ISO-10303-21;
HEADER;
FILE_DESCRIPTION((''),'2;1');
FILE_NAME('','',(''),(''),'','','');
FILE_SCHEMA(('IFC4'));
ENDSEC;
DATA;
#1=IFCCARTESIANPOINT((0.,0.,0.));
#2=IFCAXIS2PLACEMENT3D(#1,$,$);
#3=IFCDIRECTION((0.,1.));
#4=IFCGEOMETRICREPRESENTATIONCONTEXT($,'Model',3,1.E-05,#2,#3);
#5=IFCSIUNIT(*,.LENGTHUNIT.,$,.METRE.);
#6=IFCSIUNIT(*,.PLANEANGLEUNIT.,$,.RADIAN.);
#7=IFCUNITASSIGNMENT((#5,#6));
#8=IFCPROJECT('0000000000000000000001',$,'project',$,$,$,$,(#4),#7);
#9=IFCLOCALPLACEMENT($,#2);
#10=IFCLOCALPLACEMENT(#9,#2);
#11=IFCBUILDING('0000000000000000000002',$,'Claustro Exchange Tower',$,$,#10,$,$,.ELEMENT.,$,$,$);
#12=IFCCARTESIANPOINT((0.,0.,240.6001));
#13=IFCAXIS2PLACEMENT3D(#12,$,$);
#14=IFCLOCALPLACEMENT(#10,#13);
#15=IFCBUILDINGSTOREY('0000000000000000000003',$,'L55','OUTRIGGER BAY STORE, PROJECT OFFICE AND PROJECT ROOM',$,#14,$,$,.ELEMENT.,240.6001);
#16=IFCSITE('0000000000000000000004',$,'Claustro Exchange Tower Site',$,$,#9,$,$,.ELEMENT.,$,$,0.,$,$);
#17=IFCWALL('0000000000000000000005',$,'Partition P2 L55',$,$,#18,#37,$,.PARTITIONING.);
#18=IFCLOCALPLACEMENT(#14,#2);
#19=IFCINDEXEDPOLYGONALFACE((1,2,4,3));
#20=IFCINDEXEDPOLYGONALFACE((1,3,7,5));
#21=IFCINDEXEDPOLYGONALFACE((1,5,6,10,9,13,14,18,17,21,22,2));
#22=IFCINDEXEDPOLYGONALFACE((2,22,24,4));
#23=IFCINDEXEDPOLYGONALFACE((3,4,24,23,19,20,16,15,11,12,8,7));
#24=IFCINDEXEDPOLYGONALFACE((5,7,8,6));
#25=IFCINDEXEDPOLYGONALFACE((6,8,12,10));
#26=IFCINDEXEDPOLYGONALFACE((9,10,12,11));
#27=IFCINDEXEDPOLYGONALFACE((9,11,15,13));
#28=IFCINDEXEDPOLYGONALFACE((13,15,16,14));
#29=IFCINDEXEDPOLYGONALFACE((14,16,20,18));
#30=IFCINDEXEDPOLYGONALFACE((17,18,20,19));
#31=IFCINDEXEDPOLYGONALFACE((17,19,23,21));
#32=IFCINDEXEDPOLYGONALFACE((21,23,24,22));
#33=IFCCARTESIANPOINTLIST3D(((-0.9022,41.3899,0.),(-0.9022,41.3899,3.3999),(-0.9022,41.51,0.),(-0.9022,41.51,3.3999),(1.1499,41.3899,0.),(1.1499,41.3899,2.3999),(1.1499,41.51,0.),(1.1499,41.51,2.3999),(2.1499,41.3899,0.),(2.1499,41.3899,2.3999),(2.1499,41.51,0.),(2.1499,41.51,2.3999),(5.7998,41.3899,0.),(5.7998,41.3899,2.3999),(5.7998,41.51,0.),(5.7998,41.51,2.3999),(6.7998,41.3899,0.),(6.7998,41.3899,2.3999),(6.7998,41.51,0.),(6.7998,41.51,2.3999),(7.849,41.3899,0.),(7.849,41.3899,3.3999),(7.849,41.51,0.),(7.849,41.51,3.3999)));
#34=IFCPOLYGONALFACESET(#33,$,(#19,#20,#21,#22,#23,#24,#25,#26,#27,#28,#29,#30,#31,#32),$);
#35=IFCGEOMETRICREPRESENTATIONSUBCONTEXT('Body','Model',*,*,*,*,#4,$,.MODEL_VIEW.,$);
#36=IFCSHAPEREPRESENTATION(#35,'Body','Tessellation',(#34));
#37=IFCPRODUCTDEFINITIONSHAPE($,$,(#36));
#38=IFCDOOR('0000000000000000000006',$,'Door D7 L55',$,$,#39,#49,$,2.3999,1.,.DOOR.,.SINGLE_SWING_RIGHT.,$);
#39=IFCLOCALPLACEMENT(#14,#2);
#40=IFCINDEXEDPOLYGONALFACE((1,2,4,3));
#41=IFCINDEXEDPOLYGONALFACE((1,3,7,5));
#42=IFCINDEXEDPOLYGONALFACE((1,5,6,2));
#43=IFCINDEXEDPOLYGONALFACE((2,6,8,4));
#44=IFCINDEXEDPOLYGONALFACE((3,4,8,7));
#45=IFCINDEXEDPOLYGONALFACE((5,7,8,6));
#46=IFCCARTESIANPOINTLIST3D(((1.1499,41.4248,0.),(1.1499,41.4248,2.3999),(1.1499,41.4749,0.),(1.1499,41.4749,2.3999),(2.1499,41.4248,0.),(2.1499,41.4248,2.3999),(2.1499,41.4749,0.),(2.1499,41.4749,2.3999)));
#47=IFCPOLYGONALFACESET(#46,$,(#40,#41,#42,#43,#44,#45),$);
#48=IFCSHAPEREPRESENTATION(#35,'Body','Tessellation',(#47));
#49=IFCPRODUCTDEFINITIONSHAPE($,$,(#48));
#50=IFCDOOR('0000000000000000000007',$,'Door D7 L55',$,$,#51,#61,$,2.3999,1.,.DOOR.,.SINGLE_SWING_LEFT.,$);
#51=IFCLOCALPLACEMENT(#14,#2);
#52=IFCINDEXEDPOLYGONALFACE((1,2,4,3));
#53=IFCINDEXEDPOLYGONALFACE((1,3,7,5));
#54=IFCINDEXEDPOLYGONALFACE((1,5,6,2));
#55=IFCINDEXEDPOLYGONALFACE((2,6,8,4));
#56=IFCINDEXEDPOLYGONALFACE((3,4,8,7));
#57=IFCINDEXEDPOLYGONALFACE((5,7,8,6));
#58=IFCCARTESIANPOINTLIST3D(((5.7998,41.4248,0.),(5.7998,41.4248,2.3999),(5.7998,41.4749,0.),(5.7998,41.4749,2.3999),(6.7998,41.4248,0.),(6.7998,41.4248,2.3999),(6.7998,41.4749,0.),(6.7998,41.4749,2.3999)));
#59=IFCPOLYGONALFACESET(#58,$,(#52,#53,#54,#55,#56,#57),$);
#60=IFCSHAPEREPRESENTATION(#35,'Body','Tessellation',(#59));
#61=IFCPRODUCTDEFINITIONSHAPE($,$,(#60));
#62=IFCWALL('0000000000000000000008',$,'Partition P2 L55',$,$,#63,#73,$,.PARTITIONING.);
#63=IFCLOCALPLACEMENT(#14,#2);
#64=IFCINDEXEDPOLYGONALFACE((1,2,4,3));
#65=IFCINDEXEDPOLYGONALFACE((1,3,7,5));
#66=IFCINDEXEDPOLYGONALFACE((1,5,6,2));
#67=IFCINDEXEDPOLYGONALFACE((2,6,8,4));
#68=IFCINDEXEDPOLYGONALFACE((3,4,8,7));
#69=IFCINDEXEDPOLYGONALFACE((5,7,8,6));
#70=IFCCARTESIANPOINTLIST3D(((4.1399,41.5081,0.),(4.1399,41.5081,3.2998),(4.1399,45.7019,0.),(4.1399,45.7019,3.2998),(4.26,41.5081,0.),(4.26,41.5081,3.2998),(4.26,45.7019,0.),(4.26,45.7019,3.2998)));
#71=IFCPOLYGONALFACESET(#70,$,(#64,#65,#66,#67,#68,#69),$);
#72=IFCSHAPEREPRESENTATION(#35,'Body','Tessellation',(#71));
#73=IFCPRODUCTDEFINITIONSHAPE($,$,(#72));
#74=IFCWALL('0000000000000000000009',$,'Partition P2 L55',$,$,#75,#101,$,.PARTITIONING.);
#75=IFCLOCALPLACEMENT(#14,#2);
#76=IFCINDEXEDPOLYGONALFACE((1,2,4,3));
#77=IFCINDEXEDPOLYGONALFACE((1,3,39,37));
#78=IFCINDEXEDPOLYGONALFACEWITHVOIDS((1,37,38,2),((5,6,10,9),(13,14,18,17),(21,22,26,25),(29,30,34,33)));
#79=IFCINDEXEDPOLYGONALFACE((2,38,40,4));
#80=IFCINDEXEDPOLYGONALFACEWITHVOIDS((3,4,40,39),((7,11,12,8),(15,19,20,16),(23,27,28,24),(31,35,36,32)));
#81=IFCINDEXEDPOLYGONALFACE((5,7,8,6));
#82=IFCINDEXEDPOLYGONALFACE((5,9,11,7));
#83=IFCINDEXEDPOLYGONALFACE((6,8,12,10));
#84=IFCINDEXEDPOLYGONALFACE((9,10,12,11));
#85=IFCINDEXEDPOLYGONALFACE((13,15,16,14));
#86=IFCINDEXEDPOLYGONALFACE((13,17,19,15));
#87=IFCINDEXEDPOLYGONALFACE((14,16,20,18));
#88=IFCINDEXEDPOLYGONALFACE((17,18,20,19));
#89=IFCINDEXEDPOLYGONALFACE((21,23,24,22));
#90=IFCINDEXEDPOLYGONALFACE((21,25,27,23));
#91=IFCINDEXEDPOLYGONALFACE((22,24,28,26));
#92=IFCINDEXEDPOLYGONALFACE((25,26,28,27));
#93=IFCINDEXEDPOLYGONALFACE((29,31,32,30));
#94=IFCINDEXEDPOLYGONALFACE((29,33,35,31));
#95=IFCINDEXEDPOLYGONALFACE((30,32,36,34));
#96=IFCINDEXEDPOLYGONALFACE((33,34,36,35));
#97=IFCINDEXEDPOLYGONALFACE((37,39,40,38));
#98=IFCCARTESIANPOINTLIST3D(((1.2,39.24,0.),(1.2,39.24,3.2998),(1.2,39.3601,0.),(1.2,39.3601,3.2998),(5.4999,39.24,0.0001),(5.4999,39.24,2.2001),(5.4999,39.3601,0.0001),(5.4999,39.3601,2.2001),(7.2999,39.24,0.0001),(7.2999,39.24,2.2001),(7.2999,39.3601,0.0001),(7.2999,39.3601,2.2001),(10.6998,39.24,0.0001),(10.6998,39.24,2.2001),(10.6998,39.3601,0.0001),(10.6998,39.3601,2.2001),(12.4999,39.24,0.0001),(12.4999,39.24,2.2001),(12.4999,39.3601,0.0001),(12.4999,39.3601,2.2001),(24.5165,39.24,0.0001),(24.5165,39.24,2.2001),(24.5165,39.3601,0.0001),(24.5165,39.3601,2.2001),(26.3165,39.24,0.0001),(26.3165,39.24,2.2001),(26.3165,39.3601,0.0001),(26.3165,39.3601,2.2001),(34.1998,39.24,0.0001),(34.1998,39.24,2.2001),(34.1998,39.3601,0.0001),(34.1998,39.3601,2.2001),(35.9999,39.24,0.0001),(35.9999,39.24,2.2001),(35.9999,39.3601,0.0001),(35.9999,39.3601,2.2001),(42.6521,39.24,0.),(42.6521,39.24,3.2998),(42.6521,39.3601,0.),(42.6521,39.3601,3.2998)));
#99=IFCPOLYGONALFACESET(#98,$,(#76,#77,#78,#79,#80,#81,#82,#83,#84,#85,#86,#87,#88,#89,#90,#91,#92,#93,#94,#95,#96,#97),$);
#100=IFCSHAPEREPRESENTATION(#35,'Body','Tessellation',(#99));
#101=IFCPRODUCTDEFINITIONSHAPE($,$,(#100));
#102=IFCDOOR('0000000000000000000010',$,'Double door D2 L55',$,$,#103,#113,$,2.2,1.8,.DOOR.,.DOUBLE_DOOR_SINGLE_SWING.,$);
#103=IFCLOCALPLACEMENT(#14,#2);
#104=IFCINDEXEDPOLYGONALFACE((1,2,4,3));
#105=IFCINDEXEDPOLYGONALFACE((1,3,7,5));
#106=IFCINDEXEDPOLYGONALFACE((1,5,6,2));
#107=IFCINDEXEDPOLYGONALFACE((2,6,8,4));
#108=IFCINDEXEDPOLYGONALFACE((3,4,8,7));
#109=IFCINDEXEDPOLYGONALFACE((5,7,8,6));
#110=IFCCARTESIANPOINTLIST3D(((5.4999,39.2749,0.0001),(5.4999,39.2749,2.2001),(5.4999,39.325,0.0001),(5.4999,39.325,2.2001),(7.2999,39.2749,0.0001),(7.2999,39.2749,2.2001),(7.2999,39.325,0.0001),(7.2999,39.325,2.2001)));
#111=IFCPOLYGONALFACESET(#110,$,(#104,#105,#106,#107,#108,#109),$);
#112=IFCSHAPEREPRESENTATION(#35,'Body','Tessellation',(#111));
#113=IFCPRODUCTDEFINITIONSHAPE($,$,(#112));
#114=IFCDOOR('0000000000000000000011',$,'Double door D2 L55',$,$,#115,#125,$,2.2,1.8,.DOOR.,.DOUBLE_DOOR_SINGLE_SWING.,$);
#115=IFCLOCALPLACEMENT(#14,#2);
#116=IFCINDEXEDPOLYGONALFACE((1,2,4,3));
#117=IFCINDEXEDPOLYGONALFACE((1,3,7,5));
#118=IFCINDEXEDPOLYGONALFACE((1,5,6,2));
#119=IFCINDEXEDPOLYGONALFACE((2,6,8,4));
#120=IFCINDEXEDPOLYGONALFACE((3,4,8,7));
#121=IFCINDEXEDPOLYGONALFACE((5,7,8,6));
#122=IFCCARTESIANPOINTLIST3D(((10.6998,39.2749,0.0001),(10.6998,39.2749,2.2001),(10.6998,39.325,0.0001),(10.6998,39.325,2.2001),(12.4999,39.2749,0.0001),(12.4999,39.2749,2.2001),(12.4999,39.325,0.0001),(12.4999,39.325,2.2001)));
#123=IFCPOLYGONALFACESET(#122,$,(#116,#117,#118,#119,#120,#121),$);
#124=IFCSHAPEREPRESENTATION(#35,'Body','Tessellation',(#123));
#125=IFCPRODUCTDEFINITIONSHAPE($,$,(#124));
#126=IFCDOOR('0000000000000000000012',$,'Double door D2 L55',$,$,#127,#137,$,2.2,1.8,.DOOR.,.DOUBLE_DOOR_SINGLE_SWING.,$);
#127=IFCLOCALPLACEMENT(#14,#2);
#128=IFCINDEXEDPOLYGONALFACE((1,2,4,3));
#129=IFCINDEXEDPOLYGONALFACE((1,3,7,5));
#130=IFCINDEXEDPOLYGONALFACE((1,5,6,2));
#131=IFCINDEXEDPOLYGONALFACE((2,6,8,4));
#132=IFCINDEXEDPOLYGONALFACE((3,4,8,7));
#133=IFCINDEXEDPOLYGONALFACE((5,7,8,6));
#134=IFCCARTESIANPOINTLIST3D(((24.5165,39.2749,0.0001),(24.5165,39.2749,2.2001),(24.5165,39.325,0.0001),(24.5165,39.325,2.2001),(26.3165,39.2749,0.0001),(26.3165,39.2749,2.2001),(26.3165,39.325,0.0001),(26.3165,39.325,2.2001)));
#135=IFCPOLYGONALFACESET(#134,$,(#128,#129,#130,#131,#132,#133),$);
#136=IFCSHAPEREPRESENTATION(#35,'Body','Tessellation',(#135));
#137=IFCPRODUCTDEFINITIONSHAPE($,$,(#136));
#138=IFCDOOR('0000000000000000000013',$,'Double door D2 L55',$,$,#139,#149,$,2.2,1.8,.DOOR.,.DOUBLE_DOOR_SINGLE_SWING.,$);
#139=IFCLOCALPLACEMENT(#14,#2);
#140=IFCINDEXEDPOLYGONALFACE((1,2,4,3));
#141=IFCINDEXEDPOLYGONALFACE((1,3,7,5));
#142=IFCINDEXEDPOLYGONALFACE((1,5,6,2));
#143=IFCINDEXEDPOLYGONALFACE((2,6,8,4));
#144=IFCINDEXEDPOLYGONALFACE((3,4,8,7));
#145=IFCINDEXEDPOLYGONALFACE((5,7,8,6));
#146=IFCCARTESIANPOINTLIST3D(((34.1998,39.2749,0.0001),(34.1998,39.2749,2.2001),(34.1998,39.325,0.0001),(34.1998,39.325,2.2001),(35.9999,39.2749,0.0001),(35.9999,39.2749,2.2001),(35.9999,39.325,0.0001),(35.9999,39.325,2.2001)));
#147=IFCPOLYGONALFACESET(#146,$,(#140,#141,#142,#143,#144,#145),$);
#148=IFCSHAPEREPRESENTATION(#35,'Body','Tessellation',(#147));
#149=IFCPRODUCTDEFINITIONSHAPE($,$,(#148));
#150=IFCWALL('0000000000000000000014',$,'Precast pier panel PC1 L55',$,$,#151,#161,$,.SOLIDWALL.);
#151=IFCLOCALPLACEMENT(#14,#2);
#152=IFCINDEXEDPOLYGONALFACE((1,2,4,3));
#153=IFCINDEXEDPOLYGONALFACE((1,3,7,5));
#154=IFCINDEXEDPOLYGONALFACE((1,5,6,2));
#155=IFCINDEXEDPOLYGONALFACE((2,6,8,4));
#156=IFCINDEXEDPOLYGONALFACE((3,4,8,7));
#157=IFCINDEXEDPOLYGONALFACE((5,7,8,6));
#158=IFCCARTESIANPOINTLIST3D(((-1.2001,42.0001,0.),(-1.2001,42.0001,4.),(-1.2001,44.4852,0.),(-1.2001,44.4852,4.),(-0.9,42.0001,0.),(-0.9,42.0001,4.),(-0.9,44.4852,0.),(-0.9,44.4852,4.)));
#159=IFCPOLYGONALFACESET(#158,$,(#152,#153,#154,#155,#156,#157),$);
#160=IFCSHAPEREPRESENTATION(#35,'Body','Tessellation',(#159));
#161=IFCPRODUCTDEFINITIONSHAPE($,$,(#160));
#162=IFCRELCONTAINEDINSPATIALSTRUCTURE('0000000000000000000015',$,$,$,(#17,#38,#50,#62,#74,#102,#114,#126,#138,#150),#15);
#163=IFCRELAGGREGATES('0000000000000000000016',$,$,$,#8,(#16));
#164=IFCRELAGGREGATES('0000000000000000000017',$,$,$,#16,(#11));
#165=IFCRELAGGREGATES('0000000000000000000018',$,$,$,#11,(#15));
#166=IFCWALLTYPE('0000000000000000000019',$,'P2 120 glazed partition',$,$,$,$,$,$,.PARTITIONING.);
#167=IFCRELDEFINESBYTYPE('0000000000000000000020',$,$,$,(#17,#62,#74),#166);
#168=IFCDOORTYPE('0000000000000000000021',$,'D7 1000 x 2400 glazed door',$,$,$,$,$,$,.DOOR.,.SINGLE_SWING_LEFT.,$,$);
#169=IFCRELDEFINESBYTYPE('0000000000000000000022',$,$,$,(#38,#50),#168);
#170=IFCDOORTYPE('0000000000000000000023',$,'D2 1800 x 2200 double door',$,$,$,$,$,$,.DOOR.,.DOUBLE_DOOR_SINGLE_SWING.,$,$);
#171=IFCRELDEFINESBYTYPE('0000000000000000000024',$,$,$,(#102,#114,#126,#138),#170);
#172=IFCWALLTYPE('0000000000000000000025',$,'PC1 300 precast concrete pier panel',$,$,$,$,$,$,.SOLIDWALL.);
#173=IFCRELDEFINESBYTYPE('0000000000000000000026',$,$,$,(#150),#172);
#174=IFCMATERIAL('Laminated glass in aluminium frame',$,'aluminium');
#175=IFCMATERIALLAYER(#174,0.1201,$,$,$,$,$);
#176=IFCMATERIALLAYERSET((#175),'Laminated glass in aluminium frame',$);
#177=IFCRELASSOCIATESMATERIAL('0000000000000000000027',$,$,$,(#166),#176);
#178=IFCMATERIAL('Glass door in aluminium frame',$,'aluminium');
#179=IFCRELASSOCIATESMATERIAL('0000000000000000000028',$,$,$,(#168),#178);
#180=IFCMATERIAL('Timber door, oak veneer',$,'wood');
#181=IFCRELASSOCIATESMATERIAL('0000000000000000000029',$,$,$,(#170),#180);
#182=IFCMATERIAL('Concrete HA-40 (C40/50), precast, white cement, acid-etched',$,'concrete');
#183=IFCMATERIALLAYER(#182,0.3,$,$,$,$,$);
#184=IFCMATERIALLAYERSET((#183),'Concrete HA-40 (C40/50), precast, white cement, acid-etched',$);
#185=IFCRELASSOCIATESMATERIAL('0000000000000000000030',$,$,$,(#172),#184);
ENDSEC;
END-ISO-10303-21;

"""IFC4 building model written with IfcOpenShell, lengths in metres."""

from ifc_helpers import new_model, si_unit, direction, frame, frame_2d, origin, place, context, subcontext, project, spatial, rectangle, extrude, material, layer, layer_set, type_object, element, fill, save


model = new_model("IFC4")

# Units and contexts
model_context = context("Model", 3, precision=1e-05, world=origin(), true_north=direction((0.0, 1.0)))
body_context = subcontext(model_context, "Body", "Model", "MODEL_VIEW")
ifc_project = project(units=[si_unit("LENGTHUNIT", "METRE"), si_unit("PLANEANGLEUNIT", "RADIAN")], contexts=[model_context])

# Site, building, storey
site_placement = place(None, origin())
site = spatial("IfcSite", under=ifc_project, at=site_placement, Name="Claustro Exchange Tower Site", CompositionType="ELEMENT", RefElevation=0.0)
building_placement = place(site_placement, origin())
building = spatial("IfcBuilding", under=site, at=building_placement, Name="Claustro Exchange Tower", CompositionType="ELEMENT")
storey_placement = place(building_placement, frame((0.0, 0.0, 240.6001)))
storey = spatial("IfcBuildingStorey", under=building, at=storey_placement, Name="L55", Description="OUTRIGGER BAY STORE, PROJECT OFFICE AND PROJECT ROOM", CompositionType="ELEMENT", Elevation=240.6001)

# Wall, openings, doors
ifc_material_1 = material(Name="Laminated glass in aluminium frame", Category="aluminium")
ifc_layer_1 = layer(ifc_material_1, 0.1201)
ifc_layer_set_1 = layer_set([ifc_layer_1], Name="Laminated glass in aluminium frame")
wall_type_1 = type_object("IfcWallType", Name="P2 120 glazed partition", PredefinedType="PARTITIONING", material=ifc_layer_set_1)
wall_1_placement = place(storey_placement, frame((-0.9021, 41.45, 0.0), z_axis=(0.0, 0.0, 1.0), x_axis=(1.0, 0.0, 0.0)))
wall_1 = element("IfcWall", 1, at=wall_1_placement, inside=storey, type_object=wall_type_1, Name="Partition P2 L55", PredefinedType="PARTITIONING", context=body_context, shape_type="SweptSolid", body=[
    extrude(rectangle(XDim=8.7512, YDim=0.1201, at=frame_2d((4.3755, 0.0))), origin(), (0.0, 0.0, 1.0), 3.3999),
])
opening_1_placement = place(wall_1_placement, frame((2.052, 0.0, 0.0)))
opening_1 = element("IfcOpeningElement", 2, at=opening_1_placement, cuts=wall_1, PredefinedType="OPENING", context=body_context, shape_type="SweptSolid", body=[
    extrude(rectangle(XDim=1.0, YDim=2.3999, at=frame_2d((0.5, 1.2))), frame((0.0, 0.0701, 0.0), z_axis=(0.0, -1.0, 0.0), x_axis=(1.0, 0.0, 0.0)), (0.0, 0.0, 1.0), 0.1401),
])
opening_2_placement = place(wall_1_placement, frame((6.7019, 0.0, 0.0)))
opening_2 = element("IfcOpeningElement", 3, at=opening_2_placement, cuts=wall_1, PredefinedType="OPENING", context=body_context, shape_type="SweptSolid", body=[
    extrude(rectangle(XDim=1.0, YDim=2.3999, at=frame_2d((0.5, 1.2))), frame((0.0, 0.0701, 0.0), z_axis=(0.0, -1.0, 0.0), x_axis=(1.0, 0.0, 0.0)), (0.0, 0.0, 1.0), 0.1401),
])
ifc_material_2 = material(Name="Glass door in aluminium frame", Category="aluminium")
door_type_1 = type_object("IfcDoorType", Name="D7 1000 x 2400 glazed door", OperationType="SINGLE_SWING_LEFT", PredefinedType="DOOR", material=ifc_material_2)
door_1_placement = place(opening_1_placement, origin())
door_1 = element("IfcDoor", 4, at=door_1_placement, inside=storey, type_object=door_type_1, Name="Door D7 L55", OperationType="SINGLE_SWING_RIGHT", OverallHeight=2.3999, OverallWidth=1.0, PredefinedType="DOOR", context=body_context, shape_type="SweptSolid", body=[
    extrude(rectangle(XDim=1.0, YDim=2.3999, at=frame_2d((0.5, 1.2))), frame((0.0, 0.0249, 0.0), z_axis=(0.0, -1.0, 0.0), x_axis=(1.0, 0.0, 0.0)), (0.0, 0.0, 1.0), 0.05),
])
fill(opening_1, door_1)
door_2_placement = place(opening_2_placement, origin())
door_2 = element("IfcDoor", 5, at=door_2_placement, inside=storey, type_object=door_type_1, Name="Door D7 L55", OperationType="SINGLE_SWING_LEFT", OverallHeight=2.3999, OverallWidth=1.0, PredefinedType="DOOR", context=body_context, shape_type="SweptSolid", body=[
    extrude(rectangle(XDim=1.0, YDim=2.3999, at=frame_2d((0.5, 1.2))), frame((0.0, 0.0249, 0.0), z_axis=(0.0, -1.0, 0.0), x_axis=(1.0, 0.0, 0.0)), (0.0, 0.0, 1.0), 0.05),
])
fill(opening_2, door_2)

# Wall
wall_2_placement = place(storey_placement, frame((4.2, 41.5081, 0.0), z_axis=(0.0, 0.0, 1.0), x_axis=(0.0, 1.0, 0.0)))
element("IfcWall", 6, at=wall_2_placement, inside=storey, type_object=wall_type_1, Name="Partition P2 L55", PredefinedType="PARTITIONING", context=body_context, shape_type="SweptSolid", body=[
    extrude(rectangle(XDim=4.1938, YDim=0.1201, at=frame_2d((2.0969, 0.0))), origin(), (0.0, 0.0, 1.0), 3.2998),
])

# Wall, openings, doors
wall_3_placement = place(storey_placement, frame((1.2, 39.3, 0.0), z_axis=(0.0, 0.0, 1.0), x_axis=(1.0, 0.0, 0.0)))
wall_3 = element("IfcWall", 7, at=wall_3_placement, inside=storey, type_object=wall_type_1, Name="Partition P2 L55", PredefinedType="PARTITIONING", context=body_context, shape_type="SweptSolid", body=[
    extrude(rectangle(XDim=41.4521, YDim=0.1201, at=frame_2d((20.7261, 0.0))), origin(), (0.0, 0.0, 1.0), 3.2998),
])
opening_3_placement = place(wall_3_placement, frame((4.3, 0.0, 0.0)))
opening_3 = element("IfcOpeningElement", 8, at=opening_3_placement, cuts=wall_3, PredefinedType="OPENING", context=body_context, shape_type="SweptSolid", body=[
    extrude(rectangle(XDim=1.8, YDim=2.2, at=frame_2d((0.8999, 1.1001))), frame((0.0, 0.0701, 0.0), z_axis=(0.0, -1.0, 0.0), x_axis=(1.0, 0.0, 0.0)), (0.0, 0.0, 1.0), 0.1401),
])
opening_4_placement = place(wall_3_placement, frame((9.5, 0.0, 0.0)))
opening_4 = element("IfcOpeningElement", 9, at=opening_4_placement, cuts=wall_3, PredefinedType="OPENING", context=body_context, shape_type="SweptSolid", body=[
    extrude(rectangle(XDim=1.8, YDim=2.2, at=frame_2d((0.8999, 1.1001))), frame((0.0, 0.0701, 0.0), z_axis=(0.0, -1.0, 0.0), x_axis=(1.0, 0.0, 0.0)), (0.0, 0.0, 1.0), 0.1401),
])
opening_5_placement = place(wall_3_placement, frame((23.3167, 0.0, 0.0)))
opening_5 = element("IfcOpeningElement", 10, at=opening_5_placement, cuts=wall_3, PredefinedType="OPENING", context=body_context, shape_type="SweptSolid", body=[
    extrude(rectangle(XDim=1.8, YDim=2.2, at=frame_2d((0.8999, 1.1001))), frame((0.0, 0.0701, 0.0), z_axis=(0.0, -1.0, 0.0), x_axis=(1.0, 0.0, 0.0)), (0.0, 0.0, 1.0), 0.1401),
])
opening_6_placement = place(wall_3_placement, frame((33.0, 0.0, 0.0)))
opening_6 = element("IfcOpeningElement", 11, at=opening_6_placement, cuts=wall_3, PredefinedType="OPENING", context=body_context, shape_type="SweptSolid", body=[
    extrude(rectangle(XDim=1.8, YDim=2.2, at=frame_2d((0.8999, 1.1001))), frame((0.0, 0.0701, 0.0), z_axis=(0.0, -1.0, 0.0), x_axis=(1.0, 0.0, 0.0)), (0.0, 0.0, 1.0), 0.1401),
])
ifc_material_3 = material(Name="Timber door, oak veneer", Category="wood")
door_type_2 = type_object("IfcDoorType", Name="D2 1800 x 2200 double door", OperationType="DOUBLE_DOOR_SINGLE_SWING", PredefinedType="DOOR", material=ifc_material_3)
door_3_placement = place(opening_3_placement, origin())
door_3 = element("IfcDoor", 12, at=door_3_placement, inside=storey, type_object=door_type_2, Name="Double door D2 L55", OperationType="DOUBLE_DOOR_SINGLE_SWING", OverallHeight=2.2, OverallWidth=1.8, PredefinedType="DOOR", context=body_context, shape_type="SweptSolid", body=[
    extrude(rectangle(XDim=1.8, YDim=2.2, at=frame_2d((0.8999, 1.1001))), frame((0.0, 0.0249, 0.0), z_axis=(0.0, -1.0, 0.0), x_axis=(1.0, 0.0, 0.0)), (0.0, 0.0, 1.0), 0.05),
])
fill(opening_3, door_3)
door_4_placement = place(opening_4_placement, origin())
door_4 = element("IfcDoor", 13, at=door_4_placement, inside=storey, type_object=door_type_2, Name="Double door D2 L55", OperationType="DOUBLE_DOOR_SINGLE_SWING", OverallHeight=2.2, OverallWidth=1.8, PredefinedType="DOOR", context=body_context, shape_type="SweptSolid", body=[
    extrude(rectangle(XDim=1.8, YDim=2.2, at=frame_2d((0.8999, 1.1001))), frame((0.0, 0.0249, 0.0), z_axis=(0.0, -1.0, 0.0), x_axis=(1.0, 0.0, 0.0)), (0.0, 0.0, 1.0), 0.05),
])
fill(opening_4, door_4)
door_5_placement = place(opening_5_placement, origin())
door_5 = element("IfcDoor", 14, at=door_5_placement, inside=storey, type_object=door_type_2, Name="Double door D2 L55", OperationType="DOUBLE_DOOR_SINGLE_SWING", OverallHeight=2.2, OverallWidth=1.8, PredefinedType="DOOR", context=body_context, shape_type="SweptSolid", body=[
    extrude(rectangle(XDim=1.8, YDim=2.2, at=frame_2d((0.8999, 1.1001))), frame((0.0, 0.0249, 0.0), z_axis=(0.0, -1.0, 0.0), x_axis=(1.0, 0.0, 0.0)), (0.0, 0.0, 1.0), 0.05),
])
fill(opening_5, door_5)
door_6_placement = place(opening_6_placement, origin())
door_6 = element("IfcDoor", 15, at=door_6_placement, inside=storey, type_object=door_type_2, Name="Double door D2 L55", OperationType="DOUBLE_DOOR_SINGLE_SWING", OverallHeight=2.2, OverallWidth=1.8, PredefinedType="DOOR", context=body_context, shape_type="SweptSolid", body=[
    extrude(rectangle(XDim=1.8, YDim=2.2, at=frame_2d((0.8999, 1.1001))), frame((0.0, 0.0249, 0.0), z_axis=(0.0, -1.0, 0.0), x_axis=(1.0, 0.0, 0.0)), (0.0, 0.0, 1.0), 0.05),
])
fill(opening_6, door_6)

# Wall
ifc_material_4 = material(Name="Concrete HA-40 (C40/50), precast, white cement, acid-etched", Category="concrete")
ifc_layer_2 = layer(ifc_material_4, 0.3)
ifc_layer_set_2 = layer_set([ifc_layer_2], Name="Concrete HA-40 (C40/50), precast, white cement, acid-etched")
wall_type_2 = type_object("IfcWallType", Name="PC1 300 precast concrete pier panel", PredefinedType="SOLIDWALL", material=ifc_layer_set_2)
wall_4_placement = place(storey_placement, frame((-1.05, 42.0, 0.0), z_axis=(0.0, 0.0, 1.0), x_axis=(0.0, 1.0, 0.0)))
element("IfcWall", 16, at=wall_4_placement, inside=storey, type_object=wall_type_2, Name="Precast pier panel PC1 L55", PredefinedType="SOLIDWALL", context=body_context, shape_type="SweptSolid", body=[
    extrude(rectangle(XDim=2.4851, YDim=0.3, at=frame_2d((1.2427, 0.0))), origin(), (0.0, 0.0, 1.0), 4.0),
])

save(model, "model.ifc")
